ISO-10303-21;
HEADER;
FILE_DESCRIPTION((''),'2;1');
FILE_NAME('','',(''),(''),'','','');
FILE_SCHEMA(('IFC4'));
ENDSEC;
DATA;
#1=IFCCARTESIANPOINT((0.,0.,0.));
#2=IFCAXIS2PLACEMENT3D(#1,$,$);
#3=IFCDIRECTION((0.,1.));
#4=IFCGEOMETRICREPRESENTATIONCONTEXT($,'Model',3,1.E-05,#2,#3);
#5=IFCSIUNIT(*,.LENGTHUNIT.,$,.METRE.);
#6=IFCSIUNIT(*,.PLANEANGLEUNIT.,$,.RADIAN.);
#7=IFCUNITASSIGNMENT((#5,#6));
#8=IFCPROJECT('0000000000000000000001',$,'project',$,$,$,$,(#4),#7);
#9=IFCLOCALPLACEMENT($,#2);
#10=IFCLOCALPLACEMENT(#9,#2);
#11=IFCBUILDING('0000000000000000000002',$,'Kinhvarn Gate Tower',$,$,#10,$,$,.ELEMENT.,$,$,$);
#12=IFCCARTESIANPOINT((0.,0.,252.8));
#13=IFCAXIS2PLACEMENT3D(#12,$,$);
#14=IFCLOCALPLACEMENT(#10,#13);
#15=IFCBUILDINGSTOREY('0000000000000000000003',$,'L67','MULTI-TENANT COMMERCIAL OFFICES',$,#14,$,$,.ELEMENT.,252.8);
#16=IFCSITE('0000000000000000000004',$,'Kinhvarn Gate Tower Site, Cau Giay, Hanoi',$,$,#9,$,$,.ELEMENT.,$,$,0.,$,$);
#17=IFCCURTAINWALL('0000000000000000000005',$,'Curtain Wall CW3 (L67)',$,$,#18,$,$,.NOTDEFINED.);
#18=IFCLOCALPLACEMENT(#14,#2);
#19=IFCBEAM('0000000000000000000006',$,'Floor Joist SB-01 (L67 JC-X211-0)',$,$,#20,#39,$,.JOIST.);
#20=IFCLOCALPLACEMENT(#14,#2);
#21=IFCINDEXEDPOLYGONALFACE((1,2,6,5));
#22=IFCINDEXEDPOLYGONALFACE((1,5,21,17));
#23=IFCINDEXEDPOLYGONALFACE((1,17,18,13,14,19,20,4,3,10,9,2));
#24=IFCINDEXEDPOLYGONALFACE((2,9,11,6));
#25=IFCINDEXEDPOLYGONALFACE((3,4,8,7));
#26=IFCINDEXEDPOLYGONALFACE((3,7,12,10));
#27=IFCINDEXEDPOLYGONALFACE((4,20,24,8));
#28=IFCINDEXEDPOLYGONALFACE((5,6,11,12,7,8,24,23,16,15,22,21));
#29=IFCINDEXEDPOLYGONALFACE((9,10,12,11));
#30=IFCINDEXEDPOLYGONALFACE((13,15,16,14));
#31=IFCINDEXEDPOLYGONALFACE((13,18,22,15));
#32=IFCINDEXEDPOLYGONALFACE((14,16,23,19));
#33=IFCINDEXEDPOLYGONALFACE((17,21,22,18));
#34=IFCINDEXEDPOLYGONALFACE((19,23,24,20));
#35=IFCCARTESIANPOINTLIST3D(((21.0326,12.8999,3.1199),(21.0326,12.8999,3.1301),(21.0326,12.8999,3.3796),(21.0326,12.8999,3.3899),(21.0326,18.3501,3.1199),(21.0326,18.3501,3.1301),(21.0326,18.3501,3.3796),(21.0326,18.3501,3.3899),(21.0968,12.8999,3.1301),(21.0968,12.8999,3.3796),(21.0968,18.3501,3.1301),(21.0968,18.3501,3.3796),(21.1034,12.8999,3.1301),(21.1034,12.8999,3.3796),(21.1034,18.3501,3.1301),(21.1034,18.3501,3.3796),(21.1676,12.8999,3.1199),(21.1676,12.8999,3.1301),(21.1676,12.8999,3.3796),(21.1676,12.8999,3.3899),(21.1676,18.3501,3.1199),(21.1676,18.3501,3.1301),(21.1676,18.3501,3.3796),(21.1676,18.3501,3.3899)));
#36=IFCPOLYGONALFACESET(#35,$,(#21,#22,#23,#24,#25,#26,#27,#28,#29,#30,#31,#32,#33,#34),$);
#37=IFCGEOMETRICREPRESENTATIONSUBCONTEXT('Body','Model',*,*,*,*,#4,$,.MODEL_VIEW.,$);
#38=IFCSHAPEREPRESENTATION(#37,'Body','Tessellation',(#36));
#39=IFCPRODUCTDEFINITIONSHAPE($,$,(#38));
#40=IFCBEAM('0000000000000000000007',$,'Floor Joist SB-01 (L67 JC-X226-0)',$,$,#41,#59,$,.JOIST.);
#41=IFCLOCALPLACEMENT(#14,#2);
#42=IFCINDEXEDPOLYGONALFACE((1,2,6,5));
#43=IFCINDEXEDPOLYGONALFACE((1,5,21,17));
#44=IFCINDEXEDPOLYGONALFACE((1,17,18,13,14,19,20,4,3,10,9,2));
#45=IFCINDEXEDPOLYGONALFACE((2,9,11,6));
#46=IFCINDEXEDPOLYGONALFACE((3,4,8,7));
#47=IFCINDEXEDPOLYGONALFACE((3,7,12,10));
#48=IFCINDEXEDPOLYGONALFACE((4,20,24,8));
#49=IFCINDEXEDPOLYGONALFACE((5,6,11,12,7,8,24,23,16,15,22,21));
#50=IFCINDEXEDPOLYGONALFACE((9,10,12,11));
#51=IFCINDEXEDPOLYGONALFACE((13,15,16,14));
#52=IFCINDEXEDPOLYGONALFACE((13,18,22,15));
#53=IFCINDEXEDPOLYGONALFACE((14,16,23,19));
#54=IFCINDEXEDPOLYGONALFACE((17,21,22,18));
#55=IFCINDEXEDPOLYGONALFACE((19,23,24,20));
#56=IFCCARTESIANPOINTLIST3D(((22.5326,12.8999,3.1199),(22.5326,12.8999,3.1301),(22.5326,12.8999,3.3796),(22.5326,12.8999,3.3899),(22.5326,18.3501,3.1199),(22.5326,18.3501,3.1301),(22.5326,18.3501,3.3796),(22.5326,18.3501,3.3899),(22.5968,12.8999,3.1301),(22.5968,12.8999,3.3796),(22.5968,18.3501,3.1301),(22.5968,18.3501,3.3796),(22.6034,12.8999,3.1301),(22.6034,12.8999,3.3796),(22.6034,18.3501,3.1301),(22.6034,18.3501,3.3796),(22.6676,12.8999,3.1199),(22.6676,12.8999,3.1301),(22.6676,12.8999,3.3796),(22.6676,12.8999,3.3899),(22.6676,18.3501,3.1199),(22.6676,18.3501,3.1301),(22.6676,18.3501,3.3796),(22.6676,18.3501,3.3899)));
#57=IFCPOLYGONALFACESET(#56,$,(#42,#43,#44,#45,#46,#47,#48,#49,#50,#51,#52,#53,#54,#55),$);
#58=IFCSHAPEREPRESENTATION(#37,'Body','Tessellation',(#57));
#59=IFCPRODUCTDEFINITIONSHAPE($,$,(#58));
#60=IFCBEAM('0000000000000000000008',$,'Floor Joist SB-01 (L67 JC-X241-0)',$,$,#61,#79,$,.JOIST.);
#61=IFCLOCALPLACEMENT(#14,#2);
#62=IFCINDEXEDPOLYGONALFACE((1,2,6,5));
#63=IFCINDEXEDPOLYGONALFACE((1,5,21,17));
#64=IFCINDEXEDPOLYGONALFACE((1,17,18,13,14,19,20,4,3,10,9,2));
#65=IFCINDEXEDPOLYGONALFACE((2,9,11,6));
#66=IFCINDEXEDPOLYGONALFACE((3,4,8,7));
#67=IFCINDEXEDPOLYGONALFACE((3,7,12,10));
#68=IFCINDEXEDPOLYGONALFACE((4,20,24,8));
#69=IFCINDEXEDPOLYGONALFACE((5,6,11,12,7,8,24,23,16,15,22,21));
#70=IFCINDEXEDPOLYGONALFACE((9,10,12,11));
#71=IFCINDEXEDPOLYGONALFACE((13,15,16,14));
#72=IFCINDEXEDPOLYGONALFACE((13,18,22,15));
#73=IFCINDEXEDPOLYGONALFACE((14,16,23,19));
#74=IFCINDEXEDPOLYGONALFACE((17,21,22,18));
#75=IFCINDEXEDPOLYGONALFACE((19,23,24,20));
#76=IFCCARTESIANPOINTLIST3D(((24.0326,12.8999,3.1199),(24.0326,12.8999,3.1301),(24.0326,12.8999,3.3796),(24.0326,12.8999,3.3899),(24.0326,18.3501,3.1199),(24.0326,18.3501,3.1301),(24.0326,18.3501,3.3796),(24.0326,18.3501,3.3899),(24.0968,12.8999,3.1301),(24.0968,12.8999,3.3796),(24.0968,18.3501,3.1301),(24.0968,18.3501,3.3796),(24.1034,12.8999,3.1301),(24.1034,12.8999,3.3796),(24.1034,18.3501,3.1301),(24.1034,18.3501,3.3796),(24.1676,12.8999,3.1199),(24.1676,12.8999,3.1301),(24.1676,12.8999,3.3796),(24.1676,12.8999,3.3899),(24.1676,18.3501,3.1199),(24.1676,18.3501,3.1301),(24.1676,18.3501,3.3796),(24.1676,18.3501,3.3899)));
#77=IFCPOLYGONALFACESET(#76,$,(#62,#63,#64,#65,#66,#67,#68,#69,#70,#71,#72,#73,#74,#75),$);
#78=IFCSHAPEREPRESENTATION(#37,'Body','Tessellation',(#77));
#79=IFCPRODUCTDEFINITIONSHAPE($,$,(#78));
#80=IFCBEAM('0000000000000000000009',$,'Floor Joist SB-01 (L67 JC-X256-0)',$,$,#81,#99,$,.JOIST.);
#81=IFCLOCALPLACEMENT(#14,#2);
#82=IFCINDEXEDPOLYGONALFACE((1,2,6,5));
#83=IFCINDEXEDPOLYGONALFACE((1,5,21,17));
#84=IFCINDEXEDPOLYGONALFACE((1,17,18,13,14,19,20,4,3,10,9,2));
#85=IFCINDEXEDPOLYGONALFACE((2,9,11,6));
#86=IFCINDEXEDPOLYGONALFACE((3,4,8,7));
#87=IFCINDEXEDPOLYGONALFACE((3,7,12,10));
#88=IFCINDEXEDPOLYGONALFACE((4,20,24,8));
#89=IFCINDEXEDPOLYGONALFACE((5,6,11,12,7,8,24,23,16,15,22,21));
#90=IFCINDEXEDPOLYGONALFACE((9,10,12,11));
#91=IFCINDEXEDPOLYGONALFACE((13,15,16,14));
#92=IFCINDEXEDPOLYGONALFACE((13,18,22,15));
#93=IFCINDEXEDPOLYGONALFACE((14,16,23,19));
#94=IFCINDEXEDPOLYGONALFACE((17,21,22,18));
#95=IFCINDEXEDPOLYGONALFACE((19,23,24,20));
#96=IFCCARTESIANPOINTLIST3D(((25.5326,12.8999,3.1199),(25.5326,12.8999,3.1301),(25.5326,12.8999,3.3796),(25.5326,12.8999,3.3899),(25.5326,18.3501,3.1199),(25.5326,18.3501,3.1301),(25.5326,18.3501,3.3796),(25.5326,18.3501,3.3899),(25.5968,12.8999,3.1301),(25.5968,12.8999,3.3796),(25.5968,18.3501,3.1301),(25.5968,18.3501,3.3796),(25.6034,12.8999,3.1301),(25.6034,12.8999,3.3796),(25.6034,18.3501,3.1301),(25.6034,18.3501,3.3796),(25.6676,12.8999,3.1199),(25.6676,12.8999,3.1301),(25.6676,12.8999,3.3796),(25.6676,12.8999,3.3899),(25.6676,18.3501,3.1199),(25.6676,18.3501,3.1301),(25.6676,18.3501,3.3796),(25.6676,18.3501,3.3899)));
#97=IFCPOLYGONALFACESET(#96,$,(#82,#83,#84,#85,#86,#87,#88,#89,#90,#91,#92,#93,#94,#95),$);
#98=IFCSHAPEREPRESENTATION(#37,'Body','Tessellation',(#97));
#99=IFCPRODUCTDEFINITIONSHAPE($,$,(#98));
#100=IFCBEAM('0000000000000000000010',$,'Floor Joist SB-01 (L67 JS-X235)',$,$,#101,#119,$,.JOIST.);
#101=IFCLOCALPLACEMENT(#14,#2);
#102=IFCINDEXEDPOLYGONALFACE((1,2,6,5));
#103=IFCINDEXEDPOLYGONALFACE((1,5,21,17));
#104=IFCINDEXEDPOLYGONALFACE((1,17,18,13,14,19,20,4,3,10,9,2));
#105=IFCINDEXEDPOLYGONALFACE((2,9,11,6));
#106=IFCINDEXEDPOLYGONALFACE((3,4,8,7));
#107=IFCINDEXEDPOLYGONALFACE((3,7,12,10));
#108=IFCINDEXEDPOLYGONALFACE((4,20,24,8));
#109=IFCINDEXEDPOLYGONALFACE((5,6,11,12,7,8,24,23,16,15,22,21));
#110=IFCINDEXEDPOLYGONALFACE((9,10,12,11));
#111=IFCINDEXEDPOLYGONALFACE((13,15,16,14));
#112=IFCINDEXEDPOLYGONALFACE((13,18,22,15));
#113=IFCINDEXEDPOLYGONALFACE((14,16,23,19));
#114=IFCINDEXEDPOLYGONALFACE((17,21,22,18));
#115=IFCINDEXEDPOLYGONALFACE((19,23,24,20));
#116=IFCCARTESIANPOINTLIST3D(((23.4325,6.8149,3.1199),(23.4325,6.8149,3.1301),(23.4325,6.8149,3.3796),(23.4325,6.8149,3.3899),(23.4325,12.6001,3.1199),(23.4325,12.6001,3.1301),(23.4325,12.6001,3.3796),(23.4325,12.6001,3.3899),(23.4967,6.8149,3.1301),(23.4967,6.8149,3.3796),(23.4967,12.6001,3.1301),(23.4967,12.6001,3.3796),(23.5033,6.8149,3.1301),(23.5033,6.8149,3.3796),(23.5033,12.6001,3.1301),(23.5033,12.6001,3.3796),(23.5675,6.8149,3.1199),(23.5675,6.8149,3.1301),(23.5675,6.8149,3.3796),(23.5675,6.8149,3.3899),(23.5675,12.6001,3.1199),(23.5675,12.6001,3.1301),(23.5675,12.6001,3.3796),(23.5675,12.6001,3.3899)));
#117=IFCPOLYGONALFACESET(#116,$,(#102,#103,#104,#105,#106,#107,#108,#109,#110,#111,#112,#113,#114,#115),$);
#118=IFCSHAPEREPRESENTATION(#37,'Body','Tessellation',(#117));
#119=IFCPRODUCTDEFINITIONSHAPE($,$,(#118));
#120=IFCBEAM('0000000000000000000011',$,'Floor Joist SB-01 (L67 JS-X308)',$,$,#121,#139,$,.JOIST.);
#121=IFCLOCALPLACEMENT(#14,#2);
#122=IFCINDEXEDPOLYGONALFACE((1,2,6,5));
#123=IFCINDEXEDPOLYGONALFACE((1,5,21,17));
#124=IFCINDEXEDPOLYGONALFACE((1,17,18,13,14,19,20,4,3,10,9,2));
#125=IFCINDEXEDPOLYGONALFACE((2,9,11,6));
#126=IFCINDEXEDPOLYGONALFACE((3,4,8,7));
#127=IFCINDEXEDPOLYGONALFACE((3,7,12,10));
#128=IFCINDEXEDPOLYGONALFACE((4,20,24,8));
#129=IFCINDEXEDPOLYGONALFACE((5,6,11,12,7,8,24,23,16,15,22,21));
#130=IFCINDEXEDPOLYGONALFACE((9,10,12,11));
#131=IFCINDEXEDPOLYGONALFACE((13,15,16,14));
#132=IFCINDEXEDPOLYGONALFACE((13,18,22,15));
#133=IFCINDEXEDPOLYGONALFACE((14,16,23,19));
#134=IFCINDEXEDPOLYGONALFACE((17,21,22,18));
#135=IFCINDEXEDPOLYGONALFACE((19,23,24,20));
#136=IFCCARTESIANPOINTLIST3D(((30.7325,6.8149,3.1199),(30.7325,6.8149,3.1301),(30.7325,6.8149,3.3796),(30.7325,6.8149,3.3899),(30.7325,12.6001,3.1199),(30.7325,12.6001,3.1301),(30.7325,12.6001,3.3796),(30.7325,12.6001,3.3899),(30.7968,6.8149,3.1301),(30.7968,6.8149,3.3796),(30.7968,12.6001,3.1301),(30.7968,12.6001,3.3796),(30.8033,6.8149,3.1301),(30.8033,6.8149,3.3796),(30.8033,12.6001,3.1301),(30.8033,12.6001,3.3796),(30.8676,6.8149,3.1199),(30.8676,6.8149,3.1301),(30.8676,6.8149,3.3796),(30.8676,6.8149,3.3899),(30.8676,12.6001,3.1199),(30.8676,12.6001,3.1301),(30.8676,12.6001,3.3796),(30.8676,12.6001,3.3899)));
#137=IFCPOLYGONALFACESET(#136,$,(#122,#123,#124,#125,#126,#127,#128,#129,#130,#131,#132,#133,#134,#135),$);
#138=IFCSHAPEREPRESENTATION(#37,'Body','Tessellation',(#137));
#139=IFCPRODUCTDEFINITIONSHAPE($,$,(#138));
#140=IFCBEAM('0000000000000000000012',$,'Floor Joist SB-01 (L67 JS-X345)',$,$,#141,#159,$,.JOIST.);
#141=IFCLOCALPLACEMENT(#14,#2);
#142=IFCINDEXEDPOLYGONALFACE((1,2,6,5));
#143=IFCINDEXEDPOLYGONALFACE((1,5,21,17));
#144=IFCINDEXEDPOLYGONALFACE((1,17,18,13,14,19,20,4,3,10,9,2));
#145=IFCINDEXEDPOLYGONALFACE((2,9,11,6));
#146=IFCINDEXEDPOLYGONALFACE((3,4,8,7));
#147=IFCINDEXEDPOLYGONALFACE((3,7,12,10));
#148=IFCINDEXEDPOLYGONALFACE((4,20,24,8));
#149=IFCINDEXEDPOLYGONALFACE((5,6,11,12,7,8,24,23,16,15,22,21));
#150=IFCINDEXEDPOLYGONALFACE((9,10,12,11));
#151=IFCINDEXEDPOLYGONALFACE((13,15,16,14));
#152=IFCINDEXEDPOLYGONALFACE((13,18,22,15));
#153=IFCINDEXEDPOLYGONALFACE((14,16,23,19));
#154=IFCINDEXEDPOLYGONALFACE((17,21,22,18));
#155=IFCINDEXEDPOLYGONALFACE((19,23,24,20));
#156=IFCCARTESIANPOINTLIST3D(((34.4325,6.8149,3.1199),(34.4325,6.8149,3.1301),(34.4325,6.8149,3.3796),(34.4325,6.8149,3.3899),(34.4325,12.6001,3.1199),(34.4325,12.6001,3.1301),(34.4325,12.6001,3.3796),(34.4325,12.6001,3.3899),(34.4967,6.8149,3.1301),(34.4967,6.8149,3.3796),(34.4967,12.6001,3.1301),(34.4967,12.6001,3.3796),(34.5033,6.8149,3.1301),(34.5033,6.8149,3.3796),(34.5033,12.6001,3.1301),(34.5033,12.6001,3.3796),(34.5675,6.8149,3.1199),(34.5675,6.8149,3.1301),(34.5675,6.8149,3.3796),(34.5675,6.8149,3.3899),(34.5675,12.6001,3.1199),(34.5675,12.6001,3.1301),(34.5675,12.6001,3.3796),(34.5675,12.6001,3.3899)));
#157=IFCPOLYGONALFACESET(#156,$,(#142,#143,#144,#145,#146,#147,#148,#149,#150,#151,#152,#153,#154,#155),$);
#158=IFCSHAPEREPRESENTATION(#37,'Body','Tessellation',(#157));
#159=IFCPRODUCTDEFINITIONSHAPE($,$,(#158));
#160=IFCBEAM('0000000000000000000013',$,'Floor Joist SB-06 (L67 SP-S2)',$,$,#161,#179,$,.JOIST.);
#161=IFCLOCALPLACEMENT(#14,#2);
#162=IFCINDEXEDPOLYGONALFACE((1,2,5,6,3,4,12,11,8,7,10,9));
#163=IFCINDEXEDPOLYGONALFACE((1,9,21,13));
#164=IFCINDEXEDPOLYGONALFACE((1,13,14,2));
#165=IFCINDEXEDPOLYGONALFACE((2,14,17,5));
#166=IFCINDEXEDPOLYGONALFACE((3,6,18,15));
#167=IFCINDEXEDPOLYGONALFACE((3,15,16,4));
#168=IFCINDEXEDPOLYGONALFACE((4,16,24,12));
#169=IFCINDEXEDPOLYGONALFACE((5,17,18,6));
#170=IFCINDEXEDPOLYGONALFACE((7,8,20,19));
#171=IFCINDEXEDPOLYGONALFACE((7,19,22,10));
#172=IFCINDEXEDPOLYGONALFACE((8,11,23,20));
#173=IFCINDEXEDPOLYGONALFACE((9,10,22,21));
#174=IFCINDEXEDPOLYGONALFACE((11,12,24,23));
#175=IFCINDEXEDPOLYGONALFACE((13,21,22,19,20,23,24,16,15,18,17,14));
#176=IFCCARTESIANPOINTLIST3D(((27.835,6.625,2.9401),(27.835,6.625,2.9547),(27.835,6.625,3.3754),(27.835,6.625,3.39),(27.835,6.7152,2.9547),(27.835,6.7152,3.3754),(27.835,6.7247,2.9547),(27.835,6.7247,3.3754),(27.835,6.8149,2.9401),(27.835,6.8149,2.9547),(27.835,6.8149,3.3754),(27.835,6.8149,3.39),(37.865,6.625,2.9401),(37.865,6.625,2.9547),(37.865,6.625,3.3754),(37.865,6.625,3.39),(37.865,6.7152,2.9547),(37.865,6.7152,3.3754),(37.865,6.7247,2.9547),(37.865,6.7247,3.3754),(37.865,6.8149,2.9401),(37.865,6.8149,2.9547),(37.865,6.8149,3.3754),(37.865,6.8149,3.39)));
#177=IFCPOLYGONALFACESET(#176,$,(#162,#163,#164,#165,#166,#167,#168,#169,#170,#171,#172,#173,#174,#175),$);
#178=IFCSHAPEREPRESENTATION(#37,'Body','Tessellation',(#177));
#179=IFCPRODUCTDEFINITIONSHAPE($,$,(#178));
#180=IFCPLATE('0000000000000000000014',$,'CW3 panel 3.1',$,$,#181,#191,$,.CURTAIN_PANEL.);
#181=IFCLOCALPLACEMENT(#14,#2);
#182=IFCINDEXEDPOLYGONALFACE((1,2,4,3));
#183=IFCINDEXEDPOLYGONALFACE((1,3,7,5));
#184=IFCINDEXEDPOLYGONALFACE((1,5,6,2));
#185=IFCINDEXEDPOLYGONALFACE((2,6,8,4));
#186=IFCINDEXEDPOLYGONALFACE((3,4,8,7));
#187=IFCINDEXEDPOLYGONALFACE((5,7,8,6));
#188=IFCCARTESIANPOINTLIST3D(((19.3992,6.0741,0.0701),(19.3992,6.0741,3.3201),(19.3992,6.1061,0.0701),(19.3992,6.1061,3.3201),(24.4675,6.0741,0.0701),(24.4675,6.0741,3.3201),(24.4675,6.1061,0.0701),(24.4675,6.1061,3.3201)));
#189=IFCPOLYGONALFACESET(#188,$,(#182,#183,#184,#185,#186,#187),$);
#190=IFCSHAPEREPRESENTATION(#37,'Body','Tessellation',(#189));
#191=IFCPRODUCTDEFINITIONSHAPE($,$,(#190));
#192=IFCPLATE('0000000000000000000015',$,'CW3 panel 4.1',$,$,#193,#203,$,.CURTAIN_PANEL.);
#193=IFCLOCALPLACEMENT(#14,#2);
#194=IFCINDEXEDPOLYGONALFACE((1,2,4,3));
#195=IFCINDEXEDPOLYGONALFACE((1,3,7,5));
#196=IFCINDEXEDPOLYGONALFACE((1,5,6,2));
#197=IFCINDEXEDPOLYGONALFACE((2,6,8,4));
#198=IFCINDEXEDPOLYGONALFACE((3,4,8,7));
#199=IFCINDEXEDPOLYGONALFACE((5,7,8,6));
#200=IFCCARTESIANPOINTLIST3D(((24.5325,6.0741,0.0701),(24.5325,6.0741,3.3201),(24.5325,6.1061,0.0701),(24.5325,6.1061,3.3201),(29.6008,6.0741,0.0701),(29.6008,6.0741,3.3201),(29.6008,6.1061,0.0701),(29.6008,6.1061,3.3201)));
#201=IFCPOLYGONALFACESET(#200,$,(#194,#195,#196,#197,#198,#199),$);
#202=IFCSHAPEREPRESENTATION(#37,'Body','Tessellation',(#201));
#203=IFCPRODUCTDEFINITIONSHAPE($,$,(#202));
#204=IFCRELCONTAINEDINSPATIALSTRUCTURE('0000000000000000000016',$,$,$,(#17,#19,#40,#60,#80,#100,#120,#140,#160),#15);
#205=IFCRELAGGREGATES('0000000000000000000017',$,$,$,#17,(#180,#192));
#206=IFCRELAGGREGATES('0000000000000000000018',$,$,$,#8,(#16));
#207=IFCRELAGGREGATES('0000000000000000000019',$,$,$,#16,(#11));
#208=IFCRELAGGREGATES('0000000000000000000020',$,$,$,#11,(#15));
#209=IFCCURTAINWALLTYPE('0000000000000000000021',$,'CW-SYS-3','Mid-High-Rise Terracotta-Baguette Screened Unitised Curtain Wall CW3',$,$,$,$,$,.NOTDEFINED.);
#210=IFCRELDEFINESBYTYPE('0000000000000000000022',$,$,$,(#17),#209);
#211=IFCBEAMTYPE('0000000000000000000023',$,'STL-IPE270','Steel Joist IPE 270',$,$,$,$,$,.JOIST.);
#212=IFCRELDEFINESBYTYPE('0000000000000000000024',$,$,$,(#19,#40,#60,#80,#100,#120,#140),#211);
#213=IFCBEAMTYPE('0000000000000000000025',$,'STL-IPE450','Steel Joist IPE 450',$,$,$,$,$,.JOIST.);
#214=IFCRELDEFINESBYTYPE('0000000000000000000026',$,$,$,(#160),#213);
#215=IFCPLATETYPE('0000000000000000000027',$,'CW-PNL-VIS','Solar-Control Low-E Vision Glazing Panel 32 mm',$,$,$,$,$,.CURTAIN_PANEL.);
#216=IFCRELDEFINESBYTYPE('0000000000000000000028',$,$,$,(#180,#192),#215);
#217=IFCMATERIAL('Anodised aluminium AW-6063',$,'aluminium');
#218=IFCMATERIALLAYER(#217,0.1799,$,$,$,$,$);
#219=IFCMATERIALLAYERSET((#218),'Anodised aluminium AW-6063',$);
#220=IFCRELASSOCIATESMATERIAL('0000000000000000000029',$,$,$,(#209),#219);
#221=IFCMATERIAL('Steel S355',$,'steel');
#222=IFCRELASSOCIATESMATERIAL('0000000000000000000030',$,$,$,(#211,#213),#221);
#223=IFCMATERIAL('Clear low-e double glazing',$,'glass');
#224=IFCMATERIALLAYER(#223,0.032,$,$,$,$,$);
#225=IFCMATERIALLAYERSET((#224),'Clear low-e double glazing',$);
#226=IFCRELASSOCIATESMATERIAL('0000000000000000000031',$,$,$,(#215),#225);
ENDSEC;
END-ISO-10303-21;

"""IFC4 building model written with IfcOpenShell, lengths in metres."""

from ifc_helpers import new_model, si_unit, direction, frame, origin, origin_2d, place, context, subcontext, project, spatial, rectangle, i_section, extrude, material, layer, layer_set, material_profile, profile_set, type_object, element, aggregate, save


model = new_model("IFC4")

# Units and contexts
model_context = context("Model", 3, precision=1e-05, world=origin(), true_north=direction((0.0, 1.0)))
body_context = subcontext(model_context, "Body", "Model", "MODEL_VIEW")
ifc_project = project(units=[si_unit("LENGTHUNIT", "METRE"), si_unit("PLANEANGLEUNIT", "RADIAN")], contexts=[model_context])

# Site, building, storey
site_placement = place(None, origin())
site = spatial("IfcSite", under=ifc_project, at=site_placement, Name="Kinhvarn Gate Tower Site, Cau Giay, Hanoi", CompositionType="ELEMENT", RefElevation=0.0)
building_placement = place(site_placement, origin())
building = spatial("IfcBuilding", under=site, at=building_placement, Name="Kinhvarn Gate Tower", CompositionType="ELEMENT")
storey_placement = place(building_placement, frame((0.0, 0.0, 252.8)))
storey = spatial("IfcBuildingStorey", under=building, at=storey_placement, Name="L67", Description="MULTI-TENANT COMMERCIAL OFFICES", CompositionType="ELEMENT", Elevation=252.8)

# Curtain wall
ifc_material_1 = material(Name="Anodised aluminium AW-6063", Category="aluminium")
ifc_layer_1 = layer(ifc_material_1, 0.1799)
ifc_layer_set_1 = layer_set([ifc_layer_1], Name="Anodised aluminium AW-6063")
curtain_wall_type = type_object("IfcCurtainWallType", Name="CW-SYS-3", Description="Mid-High-Rise Terracotta-Baguette Screened Unitised Curtain Wall CW3", PredefinedType="NOTDEFINED", material=ifc_layer_set_1)
curtain_wall_placement = place(storey_placement, origin())
curtain_wall = element("IfcCurtainWall", 1, at=curtain_wall_placement, inside=storey, type_object=curtain_wall_type, Name="Curtain Wall CW3 (L67)", PredefinedType="NOTDEFINED")

# Beams
ifc_material_2 = material(Name="Steel S355", Category="steel")
ifc_material_profile_1 = material_profile(ifc_material_2, i_section(OverallWidth=0.135, OverallDepth=0.27, WebThickness=0.0066, FlangeThickness=0.0103, at=origin_2d()), Name="IPE 270")
ifc_profile_set_1 = profile_set([ifc_material_profile_1], Name="Steel S355")
beam_type_1 = type_object("IfcBeamType", Name="STL-IPE270", Description="Steel Joist IPE 270", PredefinedType="JOIST", material=ifc_profile_set_1)
for number, where, z_axis, x_axis, name in (
    (2, (21.1001, 12.8999, 3.2549), (0.0, 1.0, 0.0), (-1.0, 0.0, 0.0), "Floor Joist SB-01 (L67 JC-X211-0)"),
    (3, (22.6001, 12.8999, 3.2549), (0.0, 1.0, 0.0), (-1.0, 0.0, 0.0), "Floor Joist SB-01 (L67 JC-X226-0)"),
    (4, (24.1001, 12.8999, 3.2549), (0.0, 1.0, 0.0), (-1.0, 0.0, 0.0), "Floor Joist SB-01 (L67 JC-X241-0)"),
    (5, (25.6001, 12.8999, 3.2549), (0.0, 1.0, 0.0), (-1.0, 0.0, 0.0), "Floor Joist SB-01 (L67 JC-X256-0)"),
):
    element("IfcBeam", number, at=place(storey_placement, frame(where, z_axis=z_axis, x_axis=x_axis)), inside=storey, type_object=beam_type_1, Name=name, PredefinedType="JOIST", context=body_context, shape_type="SweptSolid", body=[
        extrude(i_section(OverallWidth=0.135, OverallDepth=0.27, WebThickness=0.0066, FlangeThickness=0.0103, at=origin_2d()), origin(), (0.0, 0.0, 1.0), 5.4502),
    ])
for number, where, z_axis, x_axis, name in (
    (6, (23.5, 6.8149, 3.2549), (0.0, 1.0, 0.0), (-1.0, 0.0, 0.0), "Floor Joist SB-01 (L67 JS-X235)"),
    (7, (30.8, 6.8149, 3.2549), (0.0, 1.0, 0.0), (-1.0, 0.0, 0.0), "Floor Joist SB-01 (L67 JS-X308)"),
    (8, (34.5, 6.8149, 3.2549), (0.0, 1.0, 0.0), (-1.0, 0.0, 0.0), "Floor Joist SB-01 (L67 JS-X345)"),
):
    element("IfcBeam", number, at=place(storey_placement, frame(where, z_axis=z_axis, x_axis=x_axis)), inside=storey, type_object=beam_type_1, Name=name, PredefinedType="JOIST", context=body_context, shape_type="SweptSolid", body=[
        extrude(i_section(OverallWidth=0.135, OverallDepth=0.27, WebThickness=0.0066, FlangeThickness=0.0103, at=origin_2d()), origin(), (0.0, 0.0, 1.0), 5.7852),
    ])
ifc_material_profile_2 = material_profile(ifc_material_2, i_section(OverallWidth=0.1899, OverallDepth=0.45, WebThickness=0.0095, FlangeThickness=0.0146, at=origin_2d()), Name="IPE 450")
ifc_profile_set_2 = profile_set([ifc_material_profile_2], Name="Steel S355")
beam_type_2 = type_object("IfcBeamType", Name="STL-IPE450", Description="Steel Joist IPE 450", PredefinedType="JOIST", material=ifc_profile_set_2)
beam_1_placement = place(storey_placement, frame((27.835, 6.72, 3.165), z_axis=(1.0, 0.0, 0.0), x_axis=(0.0, 1.0, 0.0)))
element("IfcBeam", 9, at=beam_1_placement, inside=storey, type_object=beam_type_2, Name="Floor Joist SB-06 (L67 SP-S2)", PredefinedType="JOIST", context=body_context, shape_type="SweptSolid", body=[
    extrude(i_section(OverallWidth=0.1899, OverallDepth=0.45, WebThickness=0.0095, FlangeThickness=0.0146, at=origin_2d()), origin(), (0.0, 0.0, 1.0), 10.03),
])

# Plates
ifc_material_3 = material(Name="Clear low-e double glazing", Category="glass")
ifc_layer_2 = layer(ifc_material_3, 0.032)
ifc_layer_set_2 = layer_set([ifc_layer_2], Name="Clear low-e double glazing")
plate_type = type_object("IfcPlateType", Name="CW-PNL-VIS", Description="Solar-Control Low-E Vision Glazing Panel 32 mm", PredefinedType="CURTAIN_PANEL", material=ifc_layer_set_2)
plate_1_placement = place(storey_placement, frame((21.9333, 6.0901, 0.0701), z_axis=(0.0, 0.0, 1.0), x_axis=(1.0, 0.0, 0.0)))
plate_1 = element("IfcPlate", 10, at=plate_1_placement, type_object=plate_type, Name="CW3 panel 3.1", PredefinedType="CURTAIN_PANEL", context=body_context, shape_type="SweptSolid", body=[
    extrude(rectangle(XDim=5.0684, YDim=0.032, at=origin_2d()), origin(), (0.0, 0.0, 1.0), 3.25),
])
plate_2_placement = place(storey_placement, frame((27.0667, 6.0901, 0.0701), z_axis=(0.0, 0.0, 1.0), x_axis=(1.0, 0.0, 0.0)))
plate_2 = element("IfcPlate", 11, at=plate_2_placement, type_object=plate_type, Name="CW3 panel 4.1", PredefinedType="CURTAIN_PANEL", context=body_context, shape_type="SweptSolid", body=[
    extrude(rectangle(XDim=5.0684, YDim=0.032, at=origin_2d()), origin(), (0.0, 0.0, 1.0), 3.25),
])
aggregate(curtain_wall, [plate_1, plate_2])

save(model, "model.ifc")
